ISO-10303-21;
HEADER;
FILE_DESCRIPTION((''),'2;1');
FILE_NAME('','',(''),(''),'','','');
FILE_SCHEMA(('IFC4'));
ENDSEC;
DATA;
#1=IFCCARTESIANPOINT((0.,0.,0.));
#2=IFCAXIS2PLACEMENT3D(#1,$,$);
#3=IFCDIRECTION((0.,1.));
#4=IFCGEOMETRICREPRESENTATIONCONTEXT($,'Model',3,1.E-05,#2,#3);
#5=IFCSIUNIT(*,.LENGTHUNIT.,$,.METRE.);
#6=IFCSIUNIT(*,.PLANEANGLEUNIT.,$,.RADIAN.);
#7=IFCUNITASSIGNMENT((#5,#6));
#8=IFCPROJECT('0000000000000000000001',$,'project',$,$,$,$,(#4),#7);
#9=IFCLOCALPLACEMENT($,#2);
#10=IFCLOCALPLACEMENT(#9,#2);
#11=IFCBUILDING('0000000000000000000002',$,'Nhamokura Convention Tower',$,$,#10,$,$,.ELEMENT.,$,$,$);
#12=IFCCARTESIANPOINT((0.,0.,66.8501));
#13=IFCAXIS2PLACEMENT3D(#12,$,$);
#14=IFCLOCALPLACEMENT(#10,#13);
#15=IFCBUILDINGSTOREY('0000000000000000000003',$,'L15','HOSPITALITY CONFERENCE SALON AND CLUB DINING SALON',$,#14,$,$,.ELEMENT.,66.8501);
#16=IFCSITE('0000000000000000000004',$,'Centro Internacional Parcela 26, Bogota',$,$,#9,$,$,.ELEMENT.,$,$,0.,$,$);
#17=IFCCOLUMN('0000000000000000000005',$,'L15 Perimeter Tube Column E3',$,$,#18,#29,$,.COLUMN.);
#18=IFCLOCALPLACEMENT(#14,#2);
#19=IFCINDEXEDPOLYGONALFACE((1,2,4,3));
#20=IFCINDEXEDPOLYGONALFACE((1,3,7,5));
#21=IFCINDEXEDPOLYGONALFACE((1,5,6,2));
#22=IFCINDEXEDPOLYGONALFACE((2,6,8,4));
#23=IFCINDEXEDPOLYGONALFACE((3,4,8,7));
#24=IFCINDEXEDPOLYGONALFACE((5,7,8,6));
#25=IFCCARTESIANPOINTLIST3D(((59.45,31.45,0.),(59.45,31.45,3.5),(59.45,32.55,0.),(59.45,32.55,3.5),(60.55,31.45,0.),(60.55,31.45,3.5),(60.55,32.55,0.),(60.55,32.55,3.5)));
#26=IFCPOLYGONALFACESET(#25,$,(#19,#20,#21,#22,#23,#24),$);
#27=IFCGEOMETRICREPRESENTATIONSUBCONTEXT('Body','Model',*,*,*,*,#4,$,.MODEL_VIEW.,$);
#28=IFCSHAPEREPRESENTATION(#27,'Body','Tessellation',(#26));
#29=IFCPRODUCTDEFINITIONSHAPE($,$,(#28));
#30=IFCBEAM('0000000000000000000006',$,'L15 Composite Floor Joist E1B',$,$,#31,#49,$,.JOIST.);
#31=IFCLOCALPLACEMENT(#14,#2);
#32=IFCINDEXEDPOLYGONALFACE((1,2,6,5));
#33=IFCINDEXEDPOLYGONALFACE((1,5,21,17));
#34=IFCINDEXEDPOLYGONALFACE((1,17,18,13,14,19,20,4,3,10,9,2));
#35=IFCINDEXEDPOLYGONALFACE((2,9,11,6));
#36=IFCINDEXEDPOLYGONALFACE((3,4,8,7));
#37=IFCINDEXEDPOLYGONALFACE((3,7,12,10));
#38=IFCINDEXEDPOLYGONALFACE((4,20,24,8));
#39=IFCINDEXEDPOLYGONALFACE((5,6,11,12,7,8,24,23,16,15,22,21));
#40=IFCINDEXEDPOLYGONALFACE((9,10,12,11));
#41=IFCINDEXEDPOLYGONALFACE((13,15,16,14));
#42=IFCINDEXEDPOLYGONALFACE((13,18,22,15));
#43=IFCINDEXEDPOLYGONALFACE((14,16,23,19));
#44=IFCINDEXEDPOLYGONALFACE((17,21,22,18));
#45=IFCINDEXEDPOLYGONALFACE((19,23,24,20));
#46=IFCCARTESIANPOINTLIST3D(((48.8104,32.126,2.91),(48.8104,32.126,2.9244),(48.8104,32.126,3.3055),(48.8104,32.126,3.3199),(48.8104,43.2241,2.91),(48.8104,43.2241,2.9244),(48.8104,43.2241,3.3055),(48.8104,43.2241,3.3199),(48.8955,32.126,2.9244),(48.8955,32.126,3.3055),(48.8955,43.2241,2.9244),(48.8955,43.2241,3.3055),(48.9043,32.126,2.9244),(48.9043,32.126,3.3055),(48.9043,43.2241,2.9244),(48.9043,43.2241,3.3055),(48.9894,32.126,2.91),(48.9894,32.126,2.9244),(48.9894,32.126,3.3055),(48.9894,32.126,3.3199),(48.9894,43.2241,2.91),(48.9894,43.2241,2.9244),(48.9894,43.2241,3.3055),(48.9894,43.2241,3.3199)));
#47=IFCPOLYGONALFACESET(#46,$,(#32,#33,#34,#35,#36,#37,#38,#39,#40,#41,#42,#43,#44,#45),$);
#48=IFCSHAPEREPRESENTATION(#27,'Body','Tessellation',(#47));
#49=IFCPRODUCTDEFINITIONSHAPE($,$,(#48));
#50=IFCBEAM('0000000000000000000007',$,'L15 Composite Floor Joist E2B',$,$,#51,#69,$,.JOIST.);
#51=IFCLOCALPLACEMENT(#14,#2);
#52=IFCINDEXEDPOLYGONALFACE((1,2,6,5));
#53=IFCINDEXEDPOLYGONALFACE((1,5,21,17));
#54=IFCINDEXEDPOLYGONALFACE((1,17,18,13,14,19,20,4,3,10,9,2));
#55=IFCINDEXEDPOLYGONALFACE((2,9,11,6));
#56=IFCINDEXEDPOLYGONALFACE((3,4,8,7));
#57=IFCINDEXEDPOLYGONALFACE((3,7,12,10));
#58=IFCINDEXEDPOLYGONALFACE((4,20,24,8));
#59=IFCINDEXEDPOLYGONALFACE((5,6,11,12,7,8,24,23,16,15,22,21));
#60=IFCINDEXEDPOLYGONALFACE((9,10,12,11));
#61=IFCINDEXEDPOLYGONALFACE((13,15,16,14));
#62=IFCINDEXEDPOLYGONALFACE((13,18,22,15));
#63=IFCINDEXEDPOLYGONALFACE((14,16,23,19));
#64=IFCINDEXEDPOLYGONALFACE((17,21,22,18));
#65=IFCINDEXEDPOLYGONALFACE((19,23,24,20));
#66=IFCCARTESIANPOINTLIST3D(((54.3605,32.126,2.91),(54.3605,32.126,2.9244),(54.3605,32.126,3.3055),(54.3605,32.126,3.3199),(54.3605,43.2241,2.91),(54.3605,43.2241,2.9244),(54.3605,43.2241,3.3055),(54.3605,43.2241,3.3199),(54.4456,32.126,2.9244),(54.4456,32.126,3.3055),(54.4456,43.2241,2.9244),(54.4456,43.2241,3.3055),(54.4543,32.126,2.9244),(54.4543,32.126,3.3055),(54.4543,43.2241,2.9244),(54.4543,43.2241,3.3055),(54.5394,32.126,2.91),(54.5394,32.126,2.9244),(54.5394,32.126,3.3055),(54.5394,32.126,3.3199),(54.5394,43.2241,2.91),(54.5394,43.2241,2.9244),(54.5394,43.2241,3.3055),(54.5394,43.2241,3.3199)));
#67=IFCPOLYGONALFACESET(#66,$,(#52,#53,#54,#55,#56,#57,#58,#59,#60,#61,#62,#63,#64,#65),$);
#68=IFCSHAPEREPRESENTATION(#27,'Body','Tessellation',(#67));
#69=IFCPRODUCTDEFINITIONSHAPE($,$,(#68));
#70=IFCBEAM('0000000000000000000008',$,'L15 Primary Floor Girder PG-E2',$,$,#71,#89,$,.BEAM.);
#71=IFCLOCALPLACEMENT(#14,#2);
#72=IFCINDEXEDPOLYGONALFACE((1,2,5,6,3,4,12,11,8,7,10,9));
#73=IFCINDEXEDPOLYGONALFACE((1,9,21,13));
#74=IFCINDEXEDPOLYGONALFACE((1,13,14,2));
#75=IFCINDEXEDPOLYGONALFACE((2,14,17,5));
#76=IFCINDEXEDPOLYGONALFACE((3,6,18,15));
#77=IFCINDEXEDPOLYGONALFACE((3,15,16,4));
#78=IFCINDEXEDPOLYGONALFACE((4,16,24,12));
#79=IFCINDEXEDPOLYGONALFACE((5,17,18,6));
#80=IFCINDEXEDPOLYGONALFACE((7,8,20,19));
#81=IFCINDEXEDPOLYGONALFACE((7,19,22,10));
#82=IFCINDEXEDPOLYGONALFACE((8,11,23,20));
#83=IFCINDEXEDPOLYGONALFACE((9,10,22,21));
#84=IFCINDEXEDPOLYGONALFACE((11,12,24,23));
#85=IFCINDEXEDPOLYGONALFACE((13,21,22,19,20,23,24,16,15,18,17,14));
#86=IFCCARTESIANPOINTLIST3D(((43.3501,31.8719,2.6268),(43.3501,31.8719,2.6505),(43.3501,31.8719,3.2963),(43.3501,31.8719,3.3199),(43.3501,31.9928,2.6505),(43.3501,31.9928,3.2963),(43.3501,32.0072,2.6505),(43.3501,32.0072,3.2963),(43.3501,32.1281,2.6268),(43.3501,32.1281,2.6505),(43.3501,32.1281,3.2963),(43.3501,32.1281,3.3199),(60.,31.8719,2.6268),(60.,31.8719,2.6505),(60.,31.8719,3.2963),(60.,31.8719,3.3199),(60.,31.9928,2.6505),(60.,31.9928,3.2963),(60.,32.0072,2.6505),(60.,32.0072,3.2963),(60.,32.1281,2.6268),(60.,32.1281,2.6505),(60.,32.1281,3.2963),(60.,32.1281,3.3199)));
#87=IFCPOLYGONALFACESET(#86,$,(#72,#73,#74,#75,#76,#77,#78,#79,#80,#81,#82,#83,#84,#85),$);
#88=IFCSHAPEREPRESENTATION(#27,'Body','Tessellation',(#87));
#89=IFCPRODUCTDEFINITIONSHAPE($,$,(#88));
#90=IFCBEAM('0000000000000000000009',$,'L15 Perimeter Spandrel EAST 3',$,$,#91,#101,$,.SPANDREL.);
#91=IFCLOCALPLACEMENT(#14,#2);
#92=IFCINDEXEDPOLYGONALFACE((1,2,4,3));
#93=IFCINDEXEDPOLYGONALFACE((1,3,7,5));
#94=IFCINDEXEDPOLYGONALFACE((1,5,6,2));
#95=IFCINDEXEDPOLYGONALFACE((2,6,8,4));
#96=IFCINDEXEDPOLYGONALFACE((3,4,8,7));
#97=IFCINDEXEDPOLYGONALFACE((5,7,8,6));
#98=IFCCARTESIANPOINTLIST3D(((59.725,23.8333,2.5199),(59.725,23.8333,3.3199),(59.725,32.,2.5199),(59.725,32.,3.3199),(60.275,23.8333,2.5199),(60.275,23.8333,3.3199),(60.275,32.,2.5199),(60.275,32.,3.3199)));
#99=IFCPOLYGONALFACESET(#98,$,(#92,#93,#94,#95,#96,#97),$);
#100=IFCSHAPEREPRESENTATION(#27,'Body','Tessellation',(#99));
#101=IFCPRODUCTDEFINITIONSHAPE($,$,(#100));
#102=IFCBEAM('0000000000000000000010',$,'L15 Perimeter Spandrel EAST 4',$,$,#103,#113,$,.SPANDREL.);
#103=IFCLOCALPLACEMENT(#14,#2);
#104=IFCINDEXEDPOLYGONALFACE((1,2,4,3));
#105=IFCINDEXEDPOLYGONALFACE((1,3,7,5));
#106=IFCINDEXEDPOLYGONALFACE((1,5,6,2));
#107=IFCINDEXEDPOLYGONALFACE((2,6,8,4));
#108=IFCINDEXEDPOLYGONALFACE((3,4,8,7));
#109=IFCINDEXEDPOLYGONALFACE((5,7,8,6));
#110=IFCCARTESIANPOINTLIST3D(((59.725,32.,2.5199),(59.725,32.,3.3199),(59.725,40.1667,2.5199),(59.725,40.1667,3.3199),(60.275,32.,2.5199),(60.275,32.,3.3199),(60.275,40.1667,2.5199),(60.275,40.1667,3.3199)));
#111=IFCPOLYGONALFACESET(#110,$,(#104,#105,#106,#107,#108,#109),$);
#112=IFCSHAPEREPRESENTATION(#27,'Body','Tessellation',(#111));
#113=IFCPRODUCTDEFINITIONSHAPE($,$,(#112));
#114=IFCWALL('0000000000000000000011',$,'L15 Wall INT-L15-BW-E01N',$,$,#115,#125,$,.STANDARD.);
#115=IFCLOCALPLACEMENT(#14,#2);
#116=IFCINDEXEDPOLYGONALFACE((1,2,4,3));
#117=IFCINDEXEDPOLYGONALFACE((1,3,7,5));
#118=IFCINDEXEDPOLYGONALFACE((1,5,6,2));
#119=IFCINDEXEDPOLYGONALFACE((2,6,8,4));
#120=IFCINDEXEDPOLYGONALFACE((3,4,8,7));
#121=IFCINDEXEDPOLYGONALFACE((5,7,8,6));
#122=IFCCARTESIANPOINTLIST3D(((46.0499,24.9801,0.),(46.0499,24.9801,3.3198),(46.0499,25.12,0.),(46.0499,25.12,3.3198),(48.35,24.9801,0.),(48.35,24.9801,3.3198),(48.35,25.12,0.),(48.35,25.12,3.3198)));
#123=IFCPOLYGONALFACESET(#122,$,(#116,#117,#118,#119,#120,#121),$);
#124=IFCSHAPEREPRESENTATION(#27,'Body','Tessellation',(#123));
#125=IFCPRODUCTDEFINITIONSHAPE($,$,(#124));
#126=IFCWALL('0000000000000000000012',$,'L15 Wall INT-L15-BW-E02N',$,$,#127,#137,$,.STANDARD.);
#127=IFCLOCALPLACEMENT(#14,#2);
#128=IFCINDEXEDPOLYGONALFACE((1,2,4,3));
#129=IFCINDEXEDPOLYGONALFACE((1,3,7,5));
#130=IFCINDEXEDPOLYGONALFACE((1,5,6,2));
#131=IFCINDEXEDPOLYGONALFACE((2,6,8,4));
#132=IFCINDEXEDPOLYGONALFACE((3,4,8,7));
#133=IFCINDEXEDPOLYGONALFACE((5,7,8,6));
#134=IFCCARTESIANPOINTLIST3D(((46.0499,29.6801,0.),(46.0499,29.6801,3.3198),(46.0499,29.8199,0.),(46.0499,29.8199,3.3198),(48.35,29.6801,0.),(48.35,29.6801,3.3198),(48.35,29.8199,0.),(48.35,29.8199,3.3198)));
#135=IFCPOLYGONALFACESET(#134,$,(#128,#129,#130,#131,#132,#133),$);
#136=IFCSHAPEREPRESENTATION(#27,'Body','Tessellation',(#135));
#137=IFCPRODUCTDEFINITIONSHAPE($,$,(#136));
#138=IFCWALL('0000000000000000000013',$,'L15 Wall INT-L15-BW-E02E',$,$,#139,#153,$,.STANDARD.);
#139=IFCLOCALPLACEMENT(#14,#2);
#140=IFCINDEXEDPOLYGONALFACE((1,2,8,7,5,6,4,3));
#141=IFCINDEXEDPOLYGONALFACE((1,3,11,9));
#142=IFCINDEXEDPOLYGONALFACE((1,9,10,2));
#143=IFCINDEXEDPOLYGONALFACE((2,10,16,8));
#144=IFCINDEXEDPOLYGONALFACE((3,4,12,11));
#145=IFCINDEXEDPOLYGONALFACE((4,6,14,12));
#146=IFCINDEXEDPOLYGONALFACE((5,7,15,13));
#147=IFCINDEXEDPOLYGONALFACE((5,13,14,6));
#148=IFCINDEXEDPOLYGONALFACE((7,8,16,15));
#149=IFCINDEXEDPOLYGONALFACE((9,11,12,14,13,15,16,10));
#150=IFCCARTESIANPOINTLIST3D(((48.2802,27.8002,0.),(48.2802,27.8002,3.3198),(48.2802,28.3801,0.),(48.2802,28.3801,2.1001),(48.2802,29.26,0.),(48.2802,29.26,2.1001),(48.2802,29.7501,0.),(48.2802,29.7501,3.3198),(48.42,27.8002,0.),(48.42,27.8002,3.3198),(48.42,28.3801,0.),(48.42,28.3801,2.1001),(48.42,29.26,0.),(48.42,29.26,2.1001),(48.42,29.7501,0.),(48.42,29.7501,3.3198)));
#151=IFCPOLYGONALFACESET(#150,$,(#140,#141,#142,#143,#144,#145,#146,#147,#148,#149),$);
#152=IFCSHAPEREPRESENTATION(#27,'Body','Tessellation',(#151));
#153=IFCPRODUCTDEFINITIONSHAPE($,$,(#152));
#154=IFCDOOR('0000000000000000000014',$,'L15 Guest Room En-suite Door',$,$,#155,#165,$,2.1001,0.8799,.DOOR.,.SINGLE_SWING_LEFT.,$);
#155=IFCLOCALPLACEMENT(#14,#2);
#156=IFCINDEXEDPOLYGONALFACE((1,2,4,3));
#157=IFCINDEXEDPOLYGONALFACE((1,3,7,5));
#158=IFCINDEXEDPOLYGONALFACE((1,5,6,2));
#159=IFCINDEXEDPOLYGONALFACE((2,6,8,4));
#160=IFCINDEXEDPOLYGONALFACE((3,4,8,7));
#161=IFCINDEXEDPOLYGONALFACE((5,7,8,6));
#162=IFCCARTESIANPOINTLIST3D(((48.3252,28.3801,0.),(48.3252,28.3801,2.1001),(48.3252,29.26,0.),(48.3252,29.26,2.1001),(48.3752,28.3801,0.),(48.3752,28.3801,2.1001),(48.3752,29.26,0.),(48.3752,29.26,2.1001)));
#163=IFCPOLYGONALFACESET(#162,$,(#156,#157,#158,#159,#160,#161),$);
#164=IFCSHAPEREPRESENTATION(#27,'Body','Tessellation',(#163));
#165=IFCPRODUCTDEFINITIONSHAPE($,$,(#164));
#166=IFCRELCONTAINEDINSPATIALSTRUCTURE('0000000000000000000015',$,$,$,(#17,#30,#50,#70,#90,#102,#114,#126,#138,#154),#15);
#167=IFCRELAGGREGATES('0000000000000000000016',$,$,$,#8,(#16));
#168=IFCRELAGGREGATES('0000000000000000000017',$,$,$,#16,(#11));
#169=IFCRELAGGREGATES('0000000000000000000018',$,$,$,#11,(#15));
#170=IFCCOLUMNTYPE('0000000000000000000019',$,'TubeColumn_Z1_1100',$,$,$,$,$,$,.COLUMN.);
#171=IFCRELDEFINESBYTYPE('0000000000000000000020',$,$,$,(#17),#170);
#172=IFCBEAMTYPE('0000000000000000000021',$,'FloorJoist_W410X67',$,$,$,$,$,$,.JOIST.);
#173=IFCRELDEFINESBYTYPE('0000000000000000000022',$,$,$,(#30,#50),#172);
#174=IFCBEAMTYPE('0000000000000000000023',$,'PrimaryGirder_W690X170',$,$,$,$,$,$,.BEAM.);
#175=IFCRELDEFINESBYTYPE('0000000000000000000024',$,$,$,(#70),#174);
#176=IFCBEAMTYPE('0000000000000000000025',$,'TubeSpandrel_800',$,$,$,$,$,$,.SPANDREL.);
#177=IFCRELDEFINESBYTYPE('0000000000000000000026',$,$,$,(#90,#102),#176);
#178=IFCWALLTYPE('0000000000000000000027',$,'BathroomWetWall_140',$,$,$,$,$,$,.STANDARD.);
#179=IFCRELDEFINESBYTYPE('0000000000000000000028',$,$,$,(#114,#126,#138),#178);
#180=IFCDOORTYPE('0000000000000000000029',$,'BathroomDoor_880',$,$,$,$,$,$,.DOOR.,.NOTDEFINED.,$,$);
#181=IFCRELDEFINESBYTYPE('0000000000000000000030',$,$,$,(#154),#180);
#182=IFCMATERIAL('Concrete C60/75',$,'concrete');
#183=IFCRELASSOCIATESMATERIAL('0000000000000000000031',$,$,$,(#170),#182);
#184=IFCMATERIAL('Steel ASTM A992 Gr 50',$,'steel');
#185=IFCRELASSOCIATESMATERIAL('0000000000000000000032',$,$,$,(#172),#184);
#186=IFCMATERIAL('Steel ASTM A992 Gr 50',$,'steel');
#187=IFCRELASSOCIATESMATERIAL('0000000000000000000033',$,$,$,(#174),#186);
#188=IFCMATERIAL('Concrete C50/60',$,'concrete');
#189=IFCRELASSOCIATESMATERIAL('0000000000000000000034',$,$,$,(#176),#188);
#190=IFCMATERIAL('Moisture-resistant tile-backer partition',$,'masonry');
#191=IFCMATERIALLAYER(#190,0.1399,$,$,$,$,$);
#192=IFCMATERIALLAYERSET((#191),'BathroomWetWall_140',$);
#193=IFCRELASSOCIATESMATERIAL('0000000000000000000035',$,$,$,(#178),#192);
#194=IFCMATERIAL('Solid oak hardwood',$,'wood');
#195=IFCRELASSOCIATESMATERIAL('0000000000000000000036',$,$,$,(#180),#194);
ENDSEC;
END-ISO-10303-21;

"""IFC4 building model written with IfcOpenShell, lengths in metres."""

from ifc_helpers import new_model, si_unit, direction, frame, frame_2d, origin, origin_2d, place, context, subcontext, project, spatial, rectangle, i_section, extrude, material, layer, layer_set, material_profile, profile_set, type_object, element, fill, save


model = new_model("IFC4")

# Units and contexts
model_context = context("Model", 3, precision=1e-05, world=origin(), true_north=direction((0.0, 1.0)))
body_context = subcontext(model_context, "Body", "Model", "MODEL_VIEW")
ifc_project = project(units=[si_unit("LENGTHUNIT", "METRE"), si_unit("PLANEANGLEUNIT", "RADIAN")], contexts=[model_context])

# Site, building, storey
site_placement = place(None, origin())
site = spatial("IfcSite", under=ifc_project, at=site_placement, Name="Centro Internacional Parcela 26, Bogota", CompositionType="ELEMENT", RefElevation=0.0)
building_placement = place(site_placement, origin())
building = spatial("IfcBuilding", under=site, at=building_placement, Name="Nhamokura Convention Tower", CompositionType="ELEMENT")
storey_placement = place(building_placement, frame((0.0, 0.0, 66.8501)))
storey = spatial("IfcBuildingStorey", under=building, at=storey_placement, Name="L15", Description="HOSPITALITY CONFERENCE SALON AND CLUB DINING SALON", CompositionType="ELEMENT", Elevation=66.8501)

# Column
ifc_material_1 = material(Name="Concrete C60/75", Category="concrete")
ifc_material_profile_1 = material_profile(ifc_material_1, rectangle(XDim=1.1001, YDim=1.1001, at=origin_2d()))
ifc_profile_set_1 = profile_set([ifc_material_profile_1], Name="Concrete C60/75")
column_type = type_object("IfcColumnType", Name="TubeColumn_Z1_1100", PredefinedType="COLUMN", material=ifc_profile_set_1)
column_placement = place(storey_placement, frame((60.0, 32.0, 0.0), z_axis=(0.0, 0.0, 1.0), x_axis=(1.0, 0.0, 0.0)))
element("IfcColumn", 1, at=column_placement, inside=storey, type_object=column_type, Name="L15 Perimeter Tube Column E3", PredefinedType="COLUMN", context=body_context, shape_type="SweptSolid", body=[
    extrude(rectangle(XDim=1.1001, YDim=1.1001, at=origin_2d()), origin(), (0.0, 0.0, 1.0), 3.5),
])

# Beams
ifc_material_2 = material(Name="Steel ASTM A992 Gr 50", Category="steel")
ifc_material_profile_2 = material_profile(ifc_material_2, i_section(OverallWidth=0.179, OverallDepth=0.4099, WebThickness=0.0088, FlangeThickness=0.0144, at=origin_2d()))
ifc_profile_set_2 = profile_set([ifc_material_profile_2], Name="Steel ASTM A992 Gr 50")
beam_type_1 = type_object("IfcBeamType", Name="FloorJoist_W410X67", PredefinedType="JOIST", material=ifc_profile_set_2)
for number, where, z_axis, x_axis, name in (
    (2, (48.8999, 32.126, 3.115), (0.0, 1.0, 0.0), (-1.0, 0.0, 0.0), "L15 Composite Floor Joist E1B"),
    (3, (54.45, 32.126, 3.115), (0.0, 1.0, 0.0), (-1.0, 0.0, 0.0), "L15 Composite Floor Joist E2B"),
):
    element("IfcBeam", number, at=place(storey_placement, frame(where, z_axis=z_axis, x_axis=x_axis)), inside=storey, type_object=beam_type_1, Name=name, PredefinedType="JOIST", context=body_context, shape_type="SweptSolid", body=[
        extrude(i_section(OverallWidth=0.179, OverallDepth=0.4099, WebThickness=0.0088, FlangeThickness=0.0144, at=origin_2d()), origin(), (0.0, 0.0, 1.0), 11.0981),
    ])
ifc_material_3 = material(Name="Steel ASTM A992 Gr 50", Category="steel")
ifc_material_profile_3 = material_profile(ifc_material_3, i_section(OverallWidth=0.2561, OverallDepth=0.6931, WebThickness=0.0144, FlangeThickness=0.0237, at=origin_2d()))
ifc_profile_set_3 = profile_set([ifc_material_profile_3], Name="Steel ASTM A992 Gr 50")
beam_type_2 = type_object("IfcBeamType", Name="PrimaryGirder_W690X170", PredefinedType="BEAM", material=ifc_profile_set_3)
beam_placement = place(storey_placement, frame((43.3501, 32.0, 2.9734), z_axis=(1.0, 0.0, 0.0), x_axis=(0.0, 1.0, 0.0)))
element("IfcBeam", 4, at=beam_placement, inside=storey, type_object=beam_type_2, Name="L15 Primary Floor Girder PG-E2", PredefinedType="BEAM", context=body_context, shape_type="SweptSolid", body=[
    extrude(i_section(OverallWidth=0.2561, OverallDepth=0.6931, WebThickness=0.0144, FlangeThickness=0.0237, at=origin_2d()), origin(), (0.0, 0.0, 1.0), 16.6499),
])
ifc_material_4 = material(Name="Concrete C50/60", Category="concrete")
ifc_material_profile_4 = material_profile(ifc_material_4, rectangle(XDim=0.55, YDim=0.8, at=origin_2d()))
ifc_profile_set_4 = profile_set([ifc_material_profile_4], Name="Concrete C50/60")
beam_type_3 = type_object("IfcBeamType", Name="TubeSpandrel_800", PredefinedType="SPANDREL", material=ifc_profile_set_4)
for number, where, z_axis, x_axis, name in (
    (5, (60.0, 23.8333, 2.9199), (0.0, 1.0, 0.0), (-1.0, 0.0, 0.0), "L15 Perimeter Spandrel EAST 3"),
    (6, (60.0, 32.0, 2.9199), (0.0, 1.0, 0.0), (-1.0, 0.0, 0.0), "L15 Perimeter Spandrel EAST 4"),
):
    element("IfcBeam", number, at=place(storey_placement, frame(where, z_axis=z_axis, x_axis=x_axis)), inside=storey, type_object=beam_type_3, Name=name, PredefinedType="SPANDREL", context=body_context, shape_type="SweptSolid", body=[
        extrude(rectangle(XDim=0.55, YDim=0.8, at=origin_2d()), origin(), (0.0, 0.0, 1.0), 8.1667),
    ])

# Walls
ifc_material_5 = material(Name="Moisture-resistant tile-backer partition", Category="masonry")
ifc_layer_1 = layer(ifc_material_5, 0.1399)
ifc_layer_set_1 = layer_set([ifc_layer_1], Name="BathroomWetWall_140")
wall_type_1 = type_object("IfcWallType", Name="BathroomWetWall_140", PredefinedType="STANDARD", material=ifc_layer_set_1)
for number, where, z_axis, x_axis, name in (
    (7, (46.05, 25.05, 0.0), (0.0, 0.0, 1.0), (1.0, 0.0, 0.0), "L15 Wall INT-L15-BW-E01N"),
    (8, (46.05, 29.75, 0.0), (0.0, 0.0, 1.0), (1.0, 0.0, 0.0), "L15 Wall INT-L15-BW-E02N"),
):
    element("IfcWall", number, at=place(storey_placement, frame(where, z_axis=z_axis, x_axis=x_axis)), inside=storey, type_object=wall_type_1, Name=name, PredefinedType="STANDARD", context=body_context, shape_type="SweptSolid", body=[
        extrude(rectangle(XDim=2.3, YDim=0.1399, at=frame_2d((1.1499, 0.0))), origin(), (0.0, 0.0, 1.0), 3.3198),
    ])

# Wall, opening, door
wall_1_placement = place(storey_placement, frame((48.3501, 27.8, 0.0), z_axis=(0.0, 0.0, 1.0), x_axis=(0.0, 1.0, 0.0)))
wall_1 = element("IfcWall", 9, at=wall_1_placement, inside=storey, type_object=wall_type_1, Name="L15 Wall INT-L15-BW-E02E", PredefinedType="STANDARD", context=body_context, shape_type="SweptSolid", body=[
    extrude(rectangle(XDim=1.95, YDim=0.1399, at=frame_2d((0.9751, 0.0))), origin(), (0.0, 0.0, 1.0), 3.3198),
])
opening_1_placement = place(wall_1_placement, frame((0.5801, 0.0, 0.0)))
opening_1 = element("IfcOpeningElement", 10, at=opening_1_placement, cuts=wall_1, PredefinedType="OPENING", context=body_context, shape_type="SweptSolid", body=[
    extrude(rectangle(XDim=0.8799, YDim=2.1001, at=frame_2d((0.4399, 1.05))), frame((0.0, 0.0798, 0.0), z_axis=(0.0, -1.0, 0.0), x_axis=(1.0, 0.0, 0.0)), (0.0, 0.0, 1.0), 0.1599),
])
ifc_material_6 = material(Name="Solid oak hardwood", Category="wood")
door_type_1 = type_object("IfcDoorType", Name="BathroomDoor_880", OperationType="NOTDEFINED", PredefinedType="DOOR", material=ifc_material_6)
door_1_placement = place(opening_1_placement, origin())
door_1 = element("IfcDoor", 11, at=door_1_placement, inside=storey, type_object=door_type_1, Name="L15 Guest Room En-suite Door", OperationType="SINGLE_SWING_LEFT", OverallHeight=2.1001, OverallWidth=0.8799, PredefinedType="DOOR", context=body_context, shape_type="SweptSolid", body=[
    extrude(rectangle(XDim=0.8799, YDim=2.1001, at=frame_2d((0.4399, 1.05))), frame((0.0, 0.0249, 0.0), z_axis=(0.0, -1.0, 0.0), x_axis=(1.0, 0.0, 0.0)), (0.0, 0.0, 1.0), 0.05),
])
fill(opening_1, door_1)

save(model, "model.ifc")
